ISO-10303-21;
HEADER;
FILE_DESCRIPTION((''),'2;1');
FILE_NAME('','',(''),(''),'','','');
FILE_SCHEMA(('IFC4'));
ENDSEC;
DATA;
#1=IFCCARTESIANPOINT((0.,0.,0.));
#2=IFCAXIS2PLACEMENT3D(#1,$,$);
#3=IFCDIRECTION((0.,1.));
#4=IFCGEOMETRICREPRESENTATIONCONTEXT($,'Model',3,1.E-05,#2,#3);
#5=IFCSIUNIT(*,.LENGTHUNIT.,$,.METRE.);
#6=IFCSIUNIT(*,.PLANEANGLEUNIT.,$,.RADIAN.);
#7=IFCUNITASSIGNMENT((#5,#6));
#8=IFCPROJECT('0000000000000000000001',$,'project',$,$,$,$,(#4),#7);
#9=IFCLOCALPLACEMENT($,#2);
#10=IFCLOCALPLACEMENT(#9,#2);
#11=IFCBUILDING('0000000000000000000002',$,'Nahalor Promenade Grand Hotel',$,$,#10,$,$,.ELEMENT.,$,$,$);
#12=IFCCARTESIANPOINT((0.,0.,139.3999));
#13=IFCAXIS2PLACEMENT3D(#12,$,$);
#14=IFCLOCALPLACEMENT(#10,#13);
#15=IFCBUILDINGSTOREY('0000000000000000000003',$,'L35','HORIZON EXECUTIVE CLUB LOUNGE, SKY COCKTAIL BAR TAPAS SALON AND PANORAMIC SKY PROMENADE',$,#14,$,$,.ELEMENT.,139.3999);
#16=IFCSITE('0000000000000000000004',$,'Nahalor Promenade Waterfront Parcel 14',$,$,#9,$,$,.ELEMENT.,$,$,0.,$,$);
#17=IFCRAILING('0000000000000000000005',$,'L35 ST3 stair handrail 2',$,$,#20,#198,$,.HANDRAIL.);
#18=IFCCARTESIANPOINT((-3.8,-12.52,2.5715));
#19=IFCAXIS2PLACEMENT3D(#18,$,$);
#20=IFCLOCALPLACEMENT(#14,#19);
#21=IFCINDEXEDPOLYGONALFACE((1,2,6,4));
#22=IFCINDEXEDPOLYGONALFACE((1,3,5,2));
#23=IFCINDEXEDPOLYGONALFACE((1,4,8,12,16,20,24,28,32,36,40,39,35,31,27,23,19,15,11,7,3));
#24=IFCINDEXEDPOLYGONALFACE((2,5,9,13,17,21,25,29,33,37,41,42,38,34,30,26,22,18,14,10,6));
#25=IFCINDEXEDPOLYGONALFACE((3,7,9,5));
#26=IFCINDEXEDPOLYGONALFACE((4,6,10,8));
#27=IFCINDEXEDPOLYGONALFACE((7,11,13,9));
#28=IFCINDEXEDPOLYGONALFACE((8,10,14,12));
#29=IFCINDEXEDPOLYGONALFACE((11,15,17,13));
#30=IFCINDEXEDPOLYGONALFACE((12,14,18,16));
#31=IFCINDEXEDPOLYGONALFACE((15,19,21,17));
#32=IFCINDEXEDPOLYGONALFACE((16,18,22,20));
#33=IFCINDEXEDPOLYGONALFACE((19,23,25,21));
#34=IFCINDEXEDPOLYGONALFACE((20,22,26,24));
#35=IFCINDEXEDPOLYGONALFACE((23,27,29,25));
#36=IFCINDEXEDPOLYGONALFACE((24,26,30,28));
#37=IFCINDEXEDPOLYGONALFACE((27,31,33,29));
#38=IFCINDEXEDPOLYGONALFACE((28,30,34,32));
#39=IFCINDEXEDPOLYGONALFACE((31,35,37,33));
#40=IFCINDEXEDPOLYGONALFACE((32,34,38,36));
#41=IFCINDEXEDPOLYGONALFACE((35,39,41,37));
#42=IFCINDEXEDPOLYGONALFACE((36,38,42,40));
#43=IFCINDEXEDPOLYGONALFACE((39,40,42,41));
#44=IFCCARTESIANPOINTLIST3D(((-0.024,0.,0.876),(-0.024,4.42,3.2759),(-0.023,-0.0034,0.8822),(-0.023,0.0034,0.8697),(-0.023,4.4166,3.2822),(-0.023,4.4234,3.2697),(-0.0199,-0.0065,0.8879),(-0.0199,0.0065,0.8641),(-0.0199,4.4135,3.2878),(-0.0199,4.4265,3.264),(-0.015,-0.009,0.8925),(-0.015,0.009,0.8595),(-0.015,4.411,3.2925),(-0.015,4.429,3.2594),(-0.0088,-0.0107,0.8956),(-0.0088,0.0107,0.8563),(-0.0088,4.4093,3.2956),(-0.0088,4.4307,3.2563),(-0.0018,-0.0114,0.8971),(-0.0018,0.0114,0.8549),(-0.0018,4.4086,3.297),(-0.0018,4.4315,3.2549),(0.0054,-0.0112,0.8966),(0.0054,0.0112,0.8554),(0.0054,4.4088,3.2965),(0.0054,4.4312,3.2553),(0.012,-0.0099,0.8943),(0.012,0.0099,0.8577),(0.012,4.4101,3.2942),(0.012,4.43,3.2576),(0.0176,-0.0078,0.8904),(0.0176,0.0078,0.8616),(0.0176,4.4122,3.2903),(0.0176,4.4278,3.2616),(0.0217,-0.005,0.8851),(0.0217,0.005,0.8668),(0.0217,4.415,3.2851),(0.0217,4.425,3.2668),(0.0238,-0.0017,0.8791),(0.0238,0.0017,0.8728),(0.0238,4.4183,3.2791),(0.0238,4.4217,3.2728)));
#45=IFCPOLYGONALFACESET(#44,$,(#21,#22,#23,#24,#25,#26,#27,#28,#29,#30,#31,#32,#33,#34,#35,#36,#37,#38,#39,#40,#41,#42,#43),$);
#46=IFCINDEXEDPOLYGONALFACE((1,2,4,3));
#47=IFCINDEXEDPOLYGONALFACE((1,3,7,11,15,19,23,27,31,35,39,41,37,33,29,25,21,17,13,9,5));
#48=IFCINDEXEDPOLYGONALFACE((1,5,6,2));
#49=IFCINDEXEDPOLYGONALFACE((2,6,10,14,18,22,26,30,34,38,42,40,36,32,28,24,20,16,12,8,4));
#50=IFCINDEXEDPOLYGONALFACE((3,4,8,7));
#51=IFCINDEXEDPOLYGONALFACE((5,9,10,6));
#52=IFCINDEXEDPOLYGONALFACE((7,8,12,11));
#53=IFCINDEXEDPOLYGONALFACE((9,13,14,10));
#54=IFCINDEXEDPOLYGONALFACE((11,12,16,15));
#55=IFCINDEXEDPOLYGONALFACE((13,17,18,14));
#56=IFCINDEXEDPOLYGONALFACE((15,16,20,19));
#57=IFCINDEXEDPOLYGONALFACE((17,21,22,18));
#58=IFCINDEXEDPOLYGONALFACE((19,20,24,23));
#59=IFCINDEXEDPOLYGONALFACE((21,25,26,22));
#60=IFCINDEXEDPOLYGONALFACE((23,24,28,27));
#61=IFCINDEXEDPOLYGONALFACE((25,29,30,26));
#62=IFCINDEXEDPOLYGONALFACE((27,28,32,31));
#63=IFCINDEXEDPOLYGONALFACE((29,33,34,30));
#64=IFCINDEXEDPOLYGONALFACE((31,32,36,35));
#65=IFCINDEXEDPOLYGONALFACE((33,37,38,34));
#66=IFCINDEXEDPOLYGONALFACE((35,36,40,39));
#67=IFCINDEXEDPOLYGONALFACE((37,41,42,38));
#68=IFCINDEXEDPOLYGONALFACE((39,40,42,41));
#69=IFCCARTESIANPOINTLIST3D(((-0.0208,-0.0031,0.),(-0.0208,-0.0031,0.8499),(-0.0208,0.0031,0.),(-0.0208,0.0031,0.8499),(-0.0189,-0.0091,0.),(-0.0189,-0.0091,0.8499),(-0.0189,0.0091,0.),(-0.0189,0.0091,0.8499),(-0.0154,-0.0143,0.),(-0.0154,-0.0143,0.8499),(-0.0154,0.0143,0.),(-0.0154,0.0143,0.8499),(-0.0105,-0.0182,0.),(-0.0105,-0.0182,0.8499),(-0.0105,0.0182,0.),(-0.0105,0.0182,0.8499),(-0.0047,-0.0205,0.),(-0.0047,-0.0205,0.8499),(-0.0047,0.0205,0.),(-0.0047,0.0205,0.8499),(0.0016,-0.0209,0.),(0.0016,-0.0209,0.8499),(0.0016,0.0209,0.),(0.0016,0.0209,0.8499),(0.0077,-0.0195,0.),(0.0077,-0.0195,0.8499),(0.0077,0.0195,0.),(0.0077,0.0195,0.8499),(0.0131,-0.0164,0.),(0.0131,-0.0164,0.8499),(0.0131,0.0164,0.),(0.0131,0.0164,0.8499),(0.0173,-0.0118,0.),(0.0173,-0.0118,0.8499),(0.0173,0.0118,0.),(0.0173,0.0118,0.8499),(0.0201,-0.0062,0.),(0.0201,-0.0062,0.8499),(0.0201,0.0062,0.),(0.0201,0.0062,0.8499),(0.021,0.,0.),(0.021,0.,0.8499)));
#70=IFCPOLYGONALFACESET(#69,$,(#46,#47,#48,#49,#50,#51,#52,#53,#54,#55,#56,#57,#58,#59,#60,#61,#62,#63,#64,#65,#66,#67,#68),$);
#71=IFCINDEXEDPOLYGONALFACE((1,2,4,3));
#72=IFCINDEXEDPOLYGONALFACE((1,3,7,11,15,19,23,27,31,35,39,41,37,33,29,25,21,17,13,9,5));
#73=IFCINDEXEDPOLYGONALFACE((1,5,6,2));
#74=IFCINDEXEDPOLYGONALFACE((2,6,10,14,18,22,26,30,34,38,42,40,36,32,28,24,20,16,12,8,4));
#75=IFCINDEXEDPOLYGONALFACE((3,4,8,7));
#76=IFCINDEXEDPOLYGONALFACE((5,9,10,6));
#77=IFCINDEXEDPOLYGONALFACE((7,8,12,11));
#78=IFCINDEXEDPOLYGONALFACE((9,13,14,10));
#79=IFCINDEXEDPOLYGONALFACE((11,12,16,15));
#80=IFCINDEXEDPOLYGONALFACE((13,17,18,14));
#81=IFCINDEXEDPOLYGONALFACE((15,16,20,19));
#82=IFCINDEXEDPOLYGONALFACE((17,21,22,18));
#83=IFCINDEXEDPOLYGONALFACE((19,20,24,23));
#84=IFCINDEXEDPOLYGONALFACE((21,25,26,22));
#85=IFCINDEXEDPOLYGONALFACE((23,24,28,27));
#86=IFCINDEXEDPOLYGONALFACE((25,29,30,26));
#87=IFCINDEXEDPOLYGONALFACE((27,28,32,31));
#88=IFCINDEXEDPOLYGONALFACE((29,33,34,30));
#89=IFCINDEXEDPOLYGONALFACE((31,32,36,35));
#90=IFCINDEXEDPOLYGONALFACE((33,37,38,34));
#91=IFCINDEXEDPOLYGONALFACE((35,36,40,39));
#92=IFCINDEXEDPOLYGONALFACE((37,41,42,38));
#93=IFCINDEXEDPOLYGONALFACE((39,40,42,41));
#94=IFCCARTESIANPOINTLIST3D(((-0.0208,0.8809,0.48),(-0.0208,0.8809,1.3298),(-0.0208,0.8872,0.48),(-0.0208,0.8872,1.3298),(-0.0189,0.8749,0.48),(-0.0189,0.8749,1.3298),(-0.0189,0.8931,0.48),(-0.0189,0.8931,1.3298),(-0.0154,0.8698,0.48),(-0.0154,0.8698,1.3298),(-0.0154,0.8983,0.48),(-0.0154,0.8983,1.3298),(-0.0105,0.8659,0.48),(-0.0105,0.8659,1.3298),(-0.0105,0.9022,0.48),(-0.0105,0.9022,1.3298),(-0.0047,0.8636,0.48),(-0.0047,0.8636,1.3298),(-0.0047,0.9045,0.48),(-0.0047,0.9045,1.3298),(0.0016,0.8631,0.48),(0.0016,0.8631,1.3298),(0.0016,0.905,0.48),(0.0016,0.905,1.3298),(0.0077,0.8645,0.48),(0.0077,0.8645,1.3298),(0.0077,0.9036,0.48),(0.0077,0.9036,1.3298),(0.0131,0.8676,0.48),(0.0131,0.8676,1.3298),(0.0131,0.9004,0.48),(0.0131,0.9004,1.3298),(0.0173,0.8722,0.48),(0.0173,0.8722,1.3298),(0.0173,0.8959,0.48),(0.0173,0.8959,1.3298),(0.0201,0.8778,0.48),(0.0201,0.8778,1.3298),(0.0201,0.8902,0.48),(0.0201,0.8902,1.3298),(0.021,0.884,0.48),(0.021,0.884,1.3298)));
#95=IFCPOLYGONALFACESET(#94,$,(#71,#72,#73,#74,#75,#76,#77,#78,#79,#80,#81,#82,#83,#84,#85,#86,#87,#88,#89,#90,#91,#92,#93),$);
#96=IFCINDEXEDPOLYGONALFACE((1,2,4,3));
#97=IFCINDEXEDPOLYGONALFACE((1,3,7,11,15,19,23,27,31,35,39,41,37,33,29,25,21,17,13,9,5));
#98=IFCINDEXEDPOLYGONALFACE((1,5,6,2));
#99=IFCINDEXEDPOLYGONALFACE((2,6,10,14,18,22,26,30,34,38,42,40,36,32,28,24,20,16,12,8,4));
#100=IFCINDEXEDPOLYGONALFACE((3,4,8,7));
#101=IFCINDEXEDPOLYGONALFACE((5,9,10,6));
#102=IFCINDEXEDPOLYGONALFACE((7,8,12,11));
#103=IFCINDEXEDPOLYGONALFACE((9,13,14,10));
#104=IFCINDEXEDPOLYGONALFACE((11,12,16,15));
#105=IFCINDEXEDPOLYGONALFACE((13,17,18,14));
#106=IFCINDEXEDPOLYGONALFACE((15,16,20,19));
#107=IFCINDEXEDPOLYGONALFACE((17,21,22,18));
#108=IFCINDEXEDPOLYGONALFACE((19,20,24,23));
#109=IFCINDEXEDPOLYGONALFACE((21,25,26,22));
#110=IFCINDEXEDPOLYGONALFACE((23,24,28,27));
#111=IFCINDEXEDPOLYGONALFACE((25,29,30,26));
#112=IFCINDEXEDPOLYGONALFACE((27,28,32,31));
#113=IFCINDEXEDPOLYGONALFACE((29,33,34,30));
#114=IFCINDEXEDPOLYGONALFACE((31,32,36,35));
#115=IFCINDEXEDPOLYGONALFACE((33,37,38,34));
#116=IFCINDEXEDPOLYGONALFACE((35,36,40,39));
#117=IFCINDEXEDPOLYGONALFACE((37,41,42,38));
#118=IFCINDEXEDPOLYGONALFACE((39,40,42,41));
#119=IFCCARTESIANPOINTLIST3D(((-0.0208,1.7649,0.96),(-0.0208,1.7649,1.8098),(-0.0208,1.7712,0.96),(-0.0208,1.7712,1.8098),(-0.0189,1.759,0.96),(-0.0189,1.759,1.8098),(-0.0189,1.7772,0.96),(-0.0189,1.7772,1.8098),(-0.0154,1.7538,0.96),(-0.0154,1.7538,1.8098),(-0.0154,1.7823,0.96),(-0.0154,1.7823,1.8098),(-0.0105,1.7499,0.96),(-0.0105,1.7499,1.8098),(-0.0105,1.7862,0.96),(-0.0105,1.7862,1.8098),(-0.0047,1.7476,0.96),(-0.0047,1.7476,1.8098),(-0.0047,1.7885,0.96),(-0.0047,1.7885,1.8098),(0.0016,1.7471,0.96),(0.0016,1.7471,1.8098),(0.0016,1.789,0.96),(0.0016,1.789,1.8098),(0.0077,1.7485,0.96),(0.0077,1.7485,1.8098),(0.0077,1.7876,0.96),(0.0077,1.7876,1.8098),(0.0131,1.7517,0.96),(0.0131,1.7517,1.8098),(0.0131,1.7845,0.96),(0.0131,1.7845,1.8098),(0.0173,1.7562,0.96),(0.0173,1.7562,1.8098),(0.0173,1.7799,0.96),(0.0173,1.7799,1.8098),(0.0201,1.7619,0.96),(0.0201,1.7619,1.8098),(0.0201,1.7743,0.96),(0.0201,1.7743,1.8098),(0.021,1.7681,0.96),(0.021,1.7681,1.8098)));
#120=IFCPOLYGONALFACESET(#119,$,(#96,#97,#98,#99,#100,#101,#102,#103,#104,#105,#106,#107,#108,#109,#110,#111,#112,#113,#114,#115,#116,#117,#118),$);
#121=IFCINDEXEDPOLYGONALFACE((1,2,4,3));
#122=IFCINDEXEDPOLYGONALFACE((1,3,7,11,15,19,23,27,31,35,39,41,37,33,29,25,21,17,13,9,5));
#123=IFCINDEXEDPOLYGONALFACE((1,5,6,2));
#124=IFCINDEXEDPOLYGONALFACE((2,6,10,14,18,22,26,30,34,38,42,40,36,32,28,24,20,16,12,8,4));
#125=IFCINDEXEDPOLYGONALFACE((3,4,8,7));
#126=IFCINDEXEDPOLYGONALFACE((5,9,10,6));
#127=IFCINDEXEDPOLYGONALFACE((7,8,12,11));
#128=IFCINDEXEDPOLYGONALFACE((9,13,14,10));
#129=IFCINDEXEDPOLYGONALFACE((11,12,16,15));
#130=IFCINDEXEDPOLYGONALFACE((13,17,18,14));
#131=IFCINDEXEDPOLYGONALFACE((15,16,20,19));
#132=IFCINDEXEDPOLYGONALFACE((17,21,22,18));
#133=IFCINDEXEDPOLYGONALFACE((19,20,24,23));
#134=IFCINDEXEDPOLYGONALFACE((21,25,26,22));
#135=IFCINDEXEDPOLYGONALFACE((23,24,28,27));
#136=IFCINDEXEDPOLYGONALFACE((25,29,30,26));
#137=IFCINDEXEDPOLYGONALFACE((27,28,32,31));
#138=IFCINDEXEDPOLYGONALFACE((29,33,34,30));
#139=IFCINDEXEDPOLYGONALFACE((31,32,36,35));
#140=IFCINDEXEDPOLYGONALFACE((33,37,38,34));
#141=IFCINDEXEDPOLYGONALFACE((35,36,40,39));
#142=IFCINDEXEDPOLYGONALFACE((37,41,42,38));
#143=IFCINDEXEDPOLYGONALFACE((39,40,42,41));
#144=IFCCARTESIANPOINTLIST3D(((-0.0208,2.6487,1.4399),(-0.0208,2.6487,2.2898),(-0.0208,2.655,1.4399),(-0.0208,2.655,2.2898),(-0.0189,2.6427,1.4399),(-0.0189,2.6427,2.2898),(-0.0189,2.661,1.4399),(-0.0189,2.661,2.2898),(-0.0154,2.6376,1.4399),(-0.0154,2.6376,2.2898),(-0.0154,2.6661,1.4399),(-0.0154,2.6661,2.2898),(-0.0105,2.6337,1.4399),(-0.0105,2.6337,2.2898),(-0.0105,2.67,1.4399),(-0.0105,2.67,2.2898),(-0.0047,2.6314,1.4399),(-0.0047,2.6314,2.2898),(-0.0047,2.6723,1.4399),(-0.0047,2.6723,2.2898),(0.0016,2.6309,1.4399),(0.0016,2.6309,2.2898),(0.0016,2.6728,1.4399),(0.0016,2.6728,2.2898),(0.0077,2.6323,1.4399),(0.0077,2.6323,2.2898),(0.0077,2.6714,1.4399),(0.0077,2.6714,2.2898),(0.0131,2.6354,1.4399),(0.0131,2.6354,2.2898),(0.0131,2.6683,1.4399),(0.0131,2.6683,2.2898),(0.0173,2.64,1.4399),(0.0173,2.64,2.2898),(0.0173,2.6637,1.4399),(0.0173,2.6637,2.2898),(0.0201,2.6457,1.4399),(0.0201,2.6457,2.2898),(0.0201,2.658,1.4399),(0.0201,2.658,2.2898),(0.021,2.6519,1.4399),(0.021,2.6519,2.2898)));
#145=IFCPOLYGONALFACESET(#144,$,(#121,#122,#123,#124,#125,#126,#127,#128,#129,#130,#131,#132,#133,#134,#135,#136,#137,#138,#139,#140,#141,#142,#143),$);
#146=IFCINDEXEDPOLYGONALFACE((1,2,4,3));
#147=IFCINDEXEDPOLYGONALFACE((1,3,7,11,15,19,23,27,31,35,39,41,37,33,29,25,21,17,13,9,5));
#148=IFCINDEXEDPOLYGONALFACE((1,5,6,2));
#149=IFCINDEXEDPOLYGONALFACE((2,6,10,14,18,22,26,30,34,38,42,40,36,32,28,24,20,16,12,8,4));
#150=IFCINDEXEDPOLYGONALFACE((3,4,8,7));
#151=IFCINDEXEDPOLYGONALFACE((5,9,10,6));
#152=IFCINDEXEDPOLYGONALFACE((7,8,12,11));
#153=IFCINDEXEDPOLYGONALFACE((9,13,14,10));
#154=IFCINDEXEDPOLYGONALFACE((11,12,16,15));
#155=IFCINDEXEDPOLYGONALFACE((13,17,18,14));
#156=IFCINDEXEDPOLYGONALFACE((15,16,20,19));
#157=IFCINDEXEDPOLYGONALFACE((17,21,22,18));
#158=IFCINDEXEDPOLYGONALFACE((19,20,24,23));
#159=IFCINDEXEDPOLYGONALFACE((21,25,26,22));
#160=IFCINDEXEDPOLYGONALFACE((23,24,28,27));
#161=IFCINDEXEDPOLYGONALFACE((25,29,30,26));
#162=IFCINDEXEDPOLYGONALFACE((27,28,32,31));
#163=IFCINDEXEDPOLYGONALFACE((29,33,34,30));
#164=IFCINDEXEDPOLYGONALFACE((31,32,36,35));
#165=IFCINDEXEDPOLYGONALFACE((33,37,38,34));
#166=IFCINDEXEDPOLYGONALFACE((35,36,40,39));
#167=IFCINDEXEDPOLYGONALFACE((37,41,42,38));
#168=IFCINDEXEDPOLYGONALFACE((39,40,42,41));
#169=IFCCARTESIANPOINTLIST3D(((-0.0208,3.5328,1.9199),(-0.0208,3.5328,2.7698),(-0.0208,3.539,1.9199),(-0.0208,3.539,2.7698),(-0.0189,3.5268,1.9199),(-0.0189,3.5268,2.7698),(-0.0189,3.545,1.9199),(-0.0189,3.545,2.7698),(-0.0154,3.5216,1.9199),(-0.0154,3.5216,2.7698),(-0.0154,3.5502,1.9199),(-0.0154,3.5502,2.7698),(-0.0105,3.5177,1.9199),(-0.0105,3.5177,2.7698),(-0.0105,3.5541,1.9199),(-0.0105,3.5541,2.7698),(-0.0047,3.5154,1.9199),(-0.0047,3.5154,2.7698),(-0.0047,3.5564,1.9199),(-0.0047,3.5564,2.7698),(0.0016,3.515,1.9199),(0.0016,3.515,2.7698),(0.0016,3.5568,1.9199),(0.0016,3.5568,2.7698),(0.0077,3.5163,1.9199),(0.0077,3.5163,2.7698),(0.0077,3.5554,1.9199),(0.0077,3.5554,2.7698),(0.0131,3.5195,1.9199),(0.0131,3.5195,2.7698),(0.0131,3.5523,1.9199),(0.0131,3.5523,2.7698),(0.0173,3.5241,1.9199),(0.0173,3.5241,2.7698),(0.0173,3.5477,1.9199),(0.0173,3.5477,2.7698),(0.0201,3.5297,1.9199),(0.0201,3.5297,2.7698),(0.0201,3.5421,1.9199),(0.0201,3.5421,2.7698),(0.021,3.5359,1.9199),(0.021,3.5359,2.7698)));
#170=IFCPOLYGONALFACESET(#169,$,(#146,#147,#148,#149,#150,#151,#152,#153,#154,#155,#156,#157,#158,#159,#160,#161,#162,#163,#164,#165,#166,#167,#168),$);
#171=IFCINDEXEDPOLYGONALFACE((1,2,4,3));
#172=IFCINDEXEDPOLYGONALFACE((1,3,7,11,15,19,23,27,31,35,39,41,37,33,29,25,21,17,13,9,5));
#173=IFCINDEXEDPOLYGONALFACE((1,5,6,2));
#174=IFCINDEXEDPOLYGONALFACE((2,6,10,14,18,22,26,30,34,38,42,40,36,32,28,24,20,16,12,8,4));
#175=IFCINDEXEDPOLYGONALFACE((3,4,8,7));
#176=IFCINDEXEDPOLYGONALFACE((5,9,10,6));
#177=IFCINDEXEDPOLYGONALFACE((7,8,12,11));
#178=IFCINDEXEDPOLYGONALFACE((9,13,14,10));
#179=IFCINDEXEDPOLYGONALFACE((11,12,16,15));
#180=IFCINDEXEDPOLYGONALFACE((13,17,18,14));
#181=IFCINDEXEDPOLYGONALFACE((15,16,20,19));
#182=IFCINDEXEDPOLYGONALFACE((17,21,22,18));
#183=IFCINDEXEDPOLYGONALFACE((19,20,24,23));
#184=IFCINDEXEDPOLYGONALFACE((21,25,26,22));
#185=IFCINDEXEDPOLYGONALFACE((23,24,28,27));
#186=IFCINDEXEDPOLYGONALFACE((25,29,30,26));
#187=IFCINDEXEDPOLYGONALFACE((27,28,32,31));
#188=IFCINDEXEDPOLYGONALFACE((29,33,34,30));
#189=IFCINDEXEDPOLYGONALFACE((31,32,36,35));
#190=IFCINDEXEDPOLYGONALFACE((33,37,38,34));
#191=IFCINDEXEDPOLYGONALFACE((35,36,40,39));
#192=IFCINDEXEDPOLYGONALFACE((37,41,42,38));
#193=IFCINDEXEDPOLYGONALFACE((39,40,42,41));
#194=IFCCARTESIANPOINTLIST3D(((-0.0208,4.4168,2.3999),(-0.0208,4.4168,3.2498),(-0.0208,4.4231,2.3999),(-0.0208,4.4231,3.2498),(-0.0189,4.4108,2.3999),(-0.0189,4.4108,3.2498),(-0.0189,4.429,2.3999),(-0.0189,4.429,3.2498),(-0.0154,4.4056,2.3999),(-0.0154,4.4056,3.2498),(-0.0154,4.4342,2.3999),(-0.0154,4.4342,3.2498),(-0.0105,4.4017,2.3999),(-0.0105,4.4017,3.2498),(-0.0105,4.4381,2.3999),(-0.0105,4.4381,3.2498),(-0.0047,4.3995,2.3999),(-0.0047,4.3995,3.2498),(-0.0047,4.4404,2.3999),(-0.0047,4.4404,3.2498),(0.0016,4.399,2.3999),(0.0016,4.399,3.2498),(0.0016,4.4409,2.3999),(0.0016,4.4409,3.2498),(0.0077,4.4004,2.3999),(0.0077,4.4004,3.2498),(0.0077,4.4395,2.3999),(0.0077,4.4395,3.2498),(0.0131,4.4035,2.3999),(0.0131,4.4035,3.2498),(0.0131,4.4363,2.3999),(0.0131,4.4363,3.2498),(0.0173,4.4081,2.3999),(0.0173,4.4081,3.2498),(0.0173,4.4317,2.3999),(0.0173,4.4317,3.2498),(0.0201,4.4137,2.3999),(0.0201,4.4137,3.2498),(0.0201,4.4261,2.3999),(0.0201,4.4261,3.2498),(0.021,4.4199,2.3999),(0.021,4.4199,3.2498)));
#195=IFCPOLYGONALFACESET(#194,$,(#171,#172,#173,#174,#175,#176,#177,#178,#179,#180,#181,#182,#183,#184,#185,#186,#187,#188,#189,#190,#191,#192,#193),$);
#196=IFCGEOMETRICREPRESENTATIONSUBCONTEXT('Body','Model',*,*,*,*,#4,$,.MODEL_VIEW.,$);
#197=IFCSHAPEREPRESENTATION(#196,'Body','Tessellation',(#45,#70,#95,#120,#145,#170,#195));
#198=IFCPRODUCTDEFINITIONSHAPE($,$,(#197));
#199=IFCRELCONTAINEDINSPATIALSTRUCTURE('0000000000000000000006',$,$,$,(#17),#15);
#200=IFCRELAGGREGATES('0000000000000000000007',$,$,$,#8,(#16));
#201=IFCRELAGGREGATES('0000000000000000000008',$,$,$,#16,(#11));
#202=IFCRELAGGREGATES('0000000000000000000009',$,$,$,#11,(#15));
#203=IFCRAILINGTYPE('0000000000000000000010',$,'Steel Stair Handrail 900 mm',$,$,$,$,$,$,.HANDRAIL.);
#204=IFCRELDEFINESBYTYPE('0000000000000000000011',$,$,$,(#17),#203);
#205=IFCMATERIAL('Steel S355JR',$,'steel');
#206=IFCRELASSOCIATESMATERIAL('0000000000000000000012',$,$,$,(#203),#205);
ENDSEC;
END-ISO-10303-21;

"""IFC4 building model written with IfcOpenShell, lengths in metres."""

from ifc_helpers import new_model, si_unit, direction, frame, origin, origin_2d, place, context, subcontext, project, spatial, circle, extrude, material, type_object, element, save


model = new_model("IFC4")

# Units and contexts
model_context = context("Model", 3, precision=1e-05, world=origin(), true_north=direction((0.0, 1.0)))
body_context = subcontext(model_context, "Body", "Model", "MODEL_VIEW")
ifc_project = project(units=[si_unit("LENGTHUNIT", "METRE"), si_unit("PLANEANGLEUNIT", "RADIAN")], contexts=[model_context])

# Site, building, storey
site_placement = place(None, origin())
site = spatial("IfcSite", under=ifc_project, at=site_placement, Name="Nahalor Promenade Waterfront Parcel 14", CompositionType="ELEMENT", RefElevation=0.0)
building_placement = place(site_placement, origin())
building = spatial("IfcBuilding", under=site, at=building_placement, Name="Nahalor Promenade Grand Hotel", CompositionType="ELEMENT")
storey_placement = place(building_placement, frame((0.0, 0.0, 139.3999)))
storey = spatial("IfcBuildingStorey", under=building, at=storey_placement, Name="L35", Description="HORIZON EXECUTIVE CLUB LOUNGE, SKY COCKTAIL BAR TAPAS SALON AND PANORAMIC SKY PROMENADE", CompositionType="ELEMENT", Elevation=139.3999)

# Shared definitions
ifc_material_1 = material(Name="Steel S355JR", Category="steel")

# Railing
railing_type_1 = type_object("IfcRailingType", Name="Steel Stair Handrail 900 mm", PredefinedType="HANDRAIL", material=ifc_material_1)
railing_1_placement = place(storey_placement, frame((-3.8, -12.52, 2.5715)))
element("IfcRailing", 1, at=railing_1_placement, inside=storey, type_object=railing_type_1, Name="L35 ST3 stair handrail 2", PredefinedType="HANDRAIL", context=body_context, shape_type="SweptSolid", body=[
    extrude(circle(Radius=0.024, at=origin_2d()), frame((0.0, 0.0, 0.876), z_axis=(0.0, 0.87881, 0.477171), x_axis=(-1.0, 0.0, 0.0)), (0.0, 0.0, 1.0), 5.0295),
    extrude(circle(Radius=0.021, at=origin_2d()), origin(), (0.0, 0.0, 1.0), 0.8499),
    extrude(circle(Radius=0.021, at=origin_2d()), frame((0.0, 0.884, 0.48)), (0.0, 0.0, 1.0), 0.8499),
    extrude(circle(Radius=0.021, at=origin_2d()), frame((0.0, 1.7681, 0.96)), (0.0, 0.0, 1.0), 0.8499),
    extrude(circle(Radius=0.021, at=origin_2d()), frame((0.0, 2.6519, 1.4399)), (0.0, 0.0, 1.0), 0.8499),
    extrude(circle(Radius=0.021, at=origin_2d()), frame((0.0, 3.5359, 1.9199)), (0.0, 0.0, 1.0), 0.8499),
    extrude(circle(Radius=0.021, at=origin_2d()), frame((0.0, 4.4199, 2.3999)), (0.0, 0.0, 1.0), 0.8499),
])

save(model, "model.ifc")
